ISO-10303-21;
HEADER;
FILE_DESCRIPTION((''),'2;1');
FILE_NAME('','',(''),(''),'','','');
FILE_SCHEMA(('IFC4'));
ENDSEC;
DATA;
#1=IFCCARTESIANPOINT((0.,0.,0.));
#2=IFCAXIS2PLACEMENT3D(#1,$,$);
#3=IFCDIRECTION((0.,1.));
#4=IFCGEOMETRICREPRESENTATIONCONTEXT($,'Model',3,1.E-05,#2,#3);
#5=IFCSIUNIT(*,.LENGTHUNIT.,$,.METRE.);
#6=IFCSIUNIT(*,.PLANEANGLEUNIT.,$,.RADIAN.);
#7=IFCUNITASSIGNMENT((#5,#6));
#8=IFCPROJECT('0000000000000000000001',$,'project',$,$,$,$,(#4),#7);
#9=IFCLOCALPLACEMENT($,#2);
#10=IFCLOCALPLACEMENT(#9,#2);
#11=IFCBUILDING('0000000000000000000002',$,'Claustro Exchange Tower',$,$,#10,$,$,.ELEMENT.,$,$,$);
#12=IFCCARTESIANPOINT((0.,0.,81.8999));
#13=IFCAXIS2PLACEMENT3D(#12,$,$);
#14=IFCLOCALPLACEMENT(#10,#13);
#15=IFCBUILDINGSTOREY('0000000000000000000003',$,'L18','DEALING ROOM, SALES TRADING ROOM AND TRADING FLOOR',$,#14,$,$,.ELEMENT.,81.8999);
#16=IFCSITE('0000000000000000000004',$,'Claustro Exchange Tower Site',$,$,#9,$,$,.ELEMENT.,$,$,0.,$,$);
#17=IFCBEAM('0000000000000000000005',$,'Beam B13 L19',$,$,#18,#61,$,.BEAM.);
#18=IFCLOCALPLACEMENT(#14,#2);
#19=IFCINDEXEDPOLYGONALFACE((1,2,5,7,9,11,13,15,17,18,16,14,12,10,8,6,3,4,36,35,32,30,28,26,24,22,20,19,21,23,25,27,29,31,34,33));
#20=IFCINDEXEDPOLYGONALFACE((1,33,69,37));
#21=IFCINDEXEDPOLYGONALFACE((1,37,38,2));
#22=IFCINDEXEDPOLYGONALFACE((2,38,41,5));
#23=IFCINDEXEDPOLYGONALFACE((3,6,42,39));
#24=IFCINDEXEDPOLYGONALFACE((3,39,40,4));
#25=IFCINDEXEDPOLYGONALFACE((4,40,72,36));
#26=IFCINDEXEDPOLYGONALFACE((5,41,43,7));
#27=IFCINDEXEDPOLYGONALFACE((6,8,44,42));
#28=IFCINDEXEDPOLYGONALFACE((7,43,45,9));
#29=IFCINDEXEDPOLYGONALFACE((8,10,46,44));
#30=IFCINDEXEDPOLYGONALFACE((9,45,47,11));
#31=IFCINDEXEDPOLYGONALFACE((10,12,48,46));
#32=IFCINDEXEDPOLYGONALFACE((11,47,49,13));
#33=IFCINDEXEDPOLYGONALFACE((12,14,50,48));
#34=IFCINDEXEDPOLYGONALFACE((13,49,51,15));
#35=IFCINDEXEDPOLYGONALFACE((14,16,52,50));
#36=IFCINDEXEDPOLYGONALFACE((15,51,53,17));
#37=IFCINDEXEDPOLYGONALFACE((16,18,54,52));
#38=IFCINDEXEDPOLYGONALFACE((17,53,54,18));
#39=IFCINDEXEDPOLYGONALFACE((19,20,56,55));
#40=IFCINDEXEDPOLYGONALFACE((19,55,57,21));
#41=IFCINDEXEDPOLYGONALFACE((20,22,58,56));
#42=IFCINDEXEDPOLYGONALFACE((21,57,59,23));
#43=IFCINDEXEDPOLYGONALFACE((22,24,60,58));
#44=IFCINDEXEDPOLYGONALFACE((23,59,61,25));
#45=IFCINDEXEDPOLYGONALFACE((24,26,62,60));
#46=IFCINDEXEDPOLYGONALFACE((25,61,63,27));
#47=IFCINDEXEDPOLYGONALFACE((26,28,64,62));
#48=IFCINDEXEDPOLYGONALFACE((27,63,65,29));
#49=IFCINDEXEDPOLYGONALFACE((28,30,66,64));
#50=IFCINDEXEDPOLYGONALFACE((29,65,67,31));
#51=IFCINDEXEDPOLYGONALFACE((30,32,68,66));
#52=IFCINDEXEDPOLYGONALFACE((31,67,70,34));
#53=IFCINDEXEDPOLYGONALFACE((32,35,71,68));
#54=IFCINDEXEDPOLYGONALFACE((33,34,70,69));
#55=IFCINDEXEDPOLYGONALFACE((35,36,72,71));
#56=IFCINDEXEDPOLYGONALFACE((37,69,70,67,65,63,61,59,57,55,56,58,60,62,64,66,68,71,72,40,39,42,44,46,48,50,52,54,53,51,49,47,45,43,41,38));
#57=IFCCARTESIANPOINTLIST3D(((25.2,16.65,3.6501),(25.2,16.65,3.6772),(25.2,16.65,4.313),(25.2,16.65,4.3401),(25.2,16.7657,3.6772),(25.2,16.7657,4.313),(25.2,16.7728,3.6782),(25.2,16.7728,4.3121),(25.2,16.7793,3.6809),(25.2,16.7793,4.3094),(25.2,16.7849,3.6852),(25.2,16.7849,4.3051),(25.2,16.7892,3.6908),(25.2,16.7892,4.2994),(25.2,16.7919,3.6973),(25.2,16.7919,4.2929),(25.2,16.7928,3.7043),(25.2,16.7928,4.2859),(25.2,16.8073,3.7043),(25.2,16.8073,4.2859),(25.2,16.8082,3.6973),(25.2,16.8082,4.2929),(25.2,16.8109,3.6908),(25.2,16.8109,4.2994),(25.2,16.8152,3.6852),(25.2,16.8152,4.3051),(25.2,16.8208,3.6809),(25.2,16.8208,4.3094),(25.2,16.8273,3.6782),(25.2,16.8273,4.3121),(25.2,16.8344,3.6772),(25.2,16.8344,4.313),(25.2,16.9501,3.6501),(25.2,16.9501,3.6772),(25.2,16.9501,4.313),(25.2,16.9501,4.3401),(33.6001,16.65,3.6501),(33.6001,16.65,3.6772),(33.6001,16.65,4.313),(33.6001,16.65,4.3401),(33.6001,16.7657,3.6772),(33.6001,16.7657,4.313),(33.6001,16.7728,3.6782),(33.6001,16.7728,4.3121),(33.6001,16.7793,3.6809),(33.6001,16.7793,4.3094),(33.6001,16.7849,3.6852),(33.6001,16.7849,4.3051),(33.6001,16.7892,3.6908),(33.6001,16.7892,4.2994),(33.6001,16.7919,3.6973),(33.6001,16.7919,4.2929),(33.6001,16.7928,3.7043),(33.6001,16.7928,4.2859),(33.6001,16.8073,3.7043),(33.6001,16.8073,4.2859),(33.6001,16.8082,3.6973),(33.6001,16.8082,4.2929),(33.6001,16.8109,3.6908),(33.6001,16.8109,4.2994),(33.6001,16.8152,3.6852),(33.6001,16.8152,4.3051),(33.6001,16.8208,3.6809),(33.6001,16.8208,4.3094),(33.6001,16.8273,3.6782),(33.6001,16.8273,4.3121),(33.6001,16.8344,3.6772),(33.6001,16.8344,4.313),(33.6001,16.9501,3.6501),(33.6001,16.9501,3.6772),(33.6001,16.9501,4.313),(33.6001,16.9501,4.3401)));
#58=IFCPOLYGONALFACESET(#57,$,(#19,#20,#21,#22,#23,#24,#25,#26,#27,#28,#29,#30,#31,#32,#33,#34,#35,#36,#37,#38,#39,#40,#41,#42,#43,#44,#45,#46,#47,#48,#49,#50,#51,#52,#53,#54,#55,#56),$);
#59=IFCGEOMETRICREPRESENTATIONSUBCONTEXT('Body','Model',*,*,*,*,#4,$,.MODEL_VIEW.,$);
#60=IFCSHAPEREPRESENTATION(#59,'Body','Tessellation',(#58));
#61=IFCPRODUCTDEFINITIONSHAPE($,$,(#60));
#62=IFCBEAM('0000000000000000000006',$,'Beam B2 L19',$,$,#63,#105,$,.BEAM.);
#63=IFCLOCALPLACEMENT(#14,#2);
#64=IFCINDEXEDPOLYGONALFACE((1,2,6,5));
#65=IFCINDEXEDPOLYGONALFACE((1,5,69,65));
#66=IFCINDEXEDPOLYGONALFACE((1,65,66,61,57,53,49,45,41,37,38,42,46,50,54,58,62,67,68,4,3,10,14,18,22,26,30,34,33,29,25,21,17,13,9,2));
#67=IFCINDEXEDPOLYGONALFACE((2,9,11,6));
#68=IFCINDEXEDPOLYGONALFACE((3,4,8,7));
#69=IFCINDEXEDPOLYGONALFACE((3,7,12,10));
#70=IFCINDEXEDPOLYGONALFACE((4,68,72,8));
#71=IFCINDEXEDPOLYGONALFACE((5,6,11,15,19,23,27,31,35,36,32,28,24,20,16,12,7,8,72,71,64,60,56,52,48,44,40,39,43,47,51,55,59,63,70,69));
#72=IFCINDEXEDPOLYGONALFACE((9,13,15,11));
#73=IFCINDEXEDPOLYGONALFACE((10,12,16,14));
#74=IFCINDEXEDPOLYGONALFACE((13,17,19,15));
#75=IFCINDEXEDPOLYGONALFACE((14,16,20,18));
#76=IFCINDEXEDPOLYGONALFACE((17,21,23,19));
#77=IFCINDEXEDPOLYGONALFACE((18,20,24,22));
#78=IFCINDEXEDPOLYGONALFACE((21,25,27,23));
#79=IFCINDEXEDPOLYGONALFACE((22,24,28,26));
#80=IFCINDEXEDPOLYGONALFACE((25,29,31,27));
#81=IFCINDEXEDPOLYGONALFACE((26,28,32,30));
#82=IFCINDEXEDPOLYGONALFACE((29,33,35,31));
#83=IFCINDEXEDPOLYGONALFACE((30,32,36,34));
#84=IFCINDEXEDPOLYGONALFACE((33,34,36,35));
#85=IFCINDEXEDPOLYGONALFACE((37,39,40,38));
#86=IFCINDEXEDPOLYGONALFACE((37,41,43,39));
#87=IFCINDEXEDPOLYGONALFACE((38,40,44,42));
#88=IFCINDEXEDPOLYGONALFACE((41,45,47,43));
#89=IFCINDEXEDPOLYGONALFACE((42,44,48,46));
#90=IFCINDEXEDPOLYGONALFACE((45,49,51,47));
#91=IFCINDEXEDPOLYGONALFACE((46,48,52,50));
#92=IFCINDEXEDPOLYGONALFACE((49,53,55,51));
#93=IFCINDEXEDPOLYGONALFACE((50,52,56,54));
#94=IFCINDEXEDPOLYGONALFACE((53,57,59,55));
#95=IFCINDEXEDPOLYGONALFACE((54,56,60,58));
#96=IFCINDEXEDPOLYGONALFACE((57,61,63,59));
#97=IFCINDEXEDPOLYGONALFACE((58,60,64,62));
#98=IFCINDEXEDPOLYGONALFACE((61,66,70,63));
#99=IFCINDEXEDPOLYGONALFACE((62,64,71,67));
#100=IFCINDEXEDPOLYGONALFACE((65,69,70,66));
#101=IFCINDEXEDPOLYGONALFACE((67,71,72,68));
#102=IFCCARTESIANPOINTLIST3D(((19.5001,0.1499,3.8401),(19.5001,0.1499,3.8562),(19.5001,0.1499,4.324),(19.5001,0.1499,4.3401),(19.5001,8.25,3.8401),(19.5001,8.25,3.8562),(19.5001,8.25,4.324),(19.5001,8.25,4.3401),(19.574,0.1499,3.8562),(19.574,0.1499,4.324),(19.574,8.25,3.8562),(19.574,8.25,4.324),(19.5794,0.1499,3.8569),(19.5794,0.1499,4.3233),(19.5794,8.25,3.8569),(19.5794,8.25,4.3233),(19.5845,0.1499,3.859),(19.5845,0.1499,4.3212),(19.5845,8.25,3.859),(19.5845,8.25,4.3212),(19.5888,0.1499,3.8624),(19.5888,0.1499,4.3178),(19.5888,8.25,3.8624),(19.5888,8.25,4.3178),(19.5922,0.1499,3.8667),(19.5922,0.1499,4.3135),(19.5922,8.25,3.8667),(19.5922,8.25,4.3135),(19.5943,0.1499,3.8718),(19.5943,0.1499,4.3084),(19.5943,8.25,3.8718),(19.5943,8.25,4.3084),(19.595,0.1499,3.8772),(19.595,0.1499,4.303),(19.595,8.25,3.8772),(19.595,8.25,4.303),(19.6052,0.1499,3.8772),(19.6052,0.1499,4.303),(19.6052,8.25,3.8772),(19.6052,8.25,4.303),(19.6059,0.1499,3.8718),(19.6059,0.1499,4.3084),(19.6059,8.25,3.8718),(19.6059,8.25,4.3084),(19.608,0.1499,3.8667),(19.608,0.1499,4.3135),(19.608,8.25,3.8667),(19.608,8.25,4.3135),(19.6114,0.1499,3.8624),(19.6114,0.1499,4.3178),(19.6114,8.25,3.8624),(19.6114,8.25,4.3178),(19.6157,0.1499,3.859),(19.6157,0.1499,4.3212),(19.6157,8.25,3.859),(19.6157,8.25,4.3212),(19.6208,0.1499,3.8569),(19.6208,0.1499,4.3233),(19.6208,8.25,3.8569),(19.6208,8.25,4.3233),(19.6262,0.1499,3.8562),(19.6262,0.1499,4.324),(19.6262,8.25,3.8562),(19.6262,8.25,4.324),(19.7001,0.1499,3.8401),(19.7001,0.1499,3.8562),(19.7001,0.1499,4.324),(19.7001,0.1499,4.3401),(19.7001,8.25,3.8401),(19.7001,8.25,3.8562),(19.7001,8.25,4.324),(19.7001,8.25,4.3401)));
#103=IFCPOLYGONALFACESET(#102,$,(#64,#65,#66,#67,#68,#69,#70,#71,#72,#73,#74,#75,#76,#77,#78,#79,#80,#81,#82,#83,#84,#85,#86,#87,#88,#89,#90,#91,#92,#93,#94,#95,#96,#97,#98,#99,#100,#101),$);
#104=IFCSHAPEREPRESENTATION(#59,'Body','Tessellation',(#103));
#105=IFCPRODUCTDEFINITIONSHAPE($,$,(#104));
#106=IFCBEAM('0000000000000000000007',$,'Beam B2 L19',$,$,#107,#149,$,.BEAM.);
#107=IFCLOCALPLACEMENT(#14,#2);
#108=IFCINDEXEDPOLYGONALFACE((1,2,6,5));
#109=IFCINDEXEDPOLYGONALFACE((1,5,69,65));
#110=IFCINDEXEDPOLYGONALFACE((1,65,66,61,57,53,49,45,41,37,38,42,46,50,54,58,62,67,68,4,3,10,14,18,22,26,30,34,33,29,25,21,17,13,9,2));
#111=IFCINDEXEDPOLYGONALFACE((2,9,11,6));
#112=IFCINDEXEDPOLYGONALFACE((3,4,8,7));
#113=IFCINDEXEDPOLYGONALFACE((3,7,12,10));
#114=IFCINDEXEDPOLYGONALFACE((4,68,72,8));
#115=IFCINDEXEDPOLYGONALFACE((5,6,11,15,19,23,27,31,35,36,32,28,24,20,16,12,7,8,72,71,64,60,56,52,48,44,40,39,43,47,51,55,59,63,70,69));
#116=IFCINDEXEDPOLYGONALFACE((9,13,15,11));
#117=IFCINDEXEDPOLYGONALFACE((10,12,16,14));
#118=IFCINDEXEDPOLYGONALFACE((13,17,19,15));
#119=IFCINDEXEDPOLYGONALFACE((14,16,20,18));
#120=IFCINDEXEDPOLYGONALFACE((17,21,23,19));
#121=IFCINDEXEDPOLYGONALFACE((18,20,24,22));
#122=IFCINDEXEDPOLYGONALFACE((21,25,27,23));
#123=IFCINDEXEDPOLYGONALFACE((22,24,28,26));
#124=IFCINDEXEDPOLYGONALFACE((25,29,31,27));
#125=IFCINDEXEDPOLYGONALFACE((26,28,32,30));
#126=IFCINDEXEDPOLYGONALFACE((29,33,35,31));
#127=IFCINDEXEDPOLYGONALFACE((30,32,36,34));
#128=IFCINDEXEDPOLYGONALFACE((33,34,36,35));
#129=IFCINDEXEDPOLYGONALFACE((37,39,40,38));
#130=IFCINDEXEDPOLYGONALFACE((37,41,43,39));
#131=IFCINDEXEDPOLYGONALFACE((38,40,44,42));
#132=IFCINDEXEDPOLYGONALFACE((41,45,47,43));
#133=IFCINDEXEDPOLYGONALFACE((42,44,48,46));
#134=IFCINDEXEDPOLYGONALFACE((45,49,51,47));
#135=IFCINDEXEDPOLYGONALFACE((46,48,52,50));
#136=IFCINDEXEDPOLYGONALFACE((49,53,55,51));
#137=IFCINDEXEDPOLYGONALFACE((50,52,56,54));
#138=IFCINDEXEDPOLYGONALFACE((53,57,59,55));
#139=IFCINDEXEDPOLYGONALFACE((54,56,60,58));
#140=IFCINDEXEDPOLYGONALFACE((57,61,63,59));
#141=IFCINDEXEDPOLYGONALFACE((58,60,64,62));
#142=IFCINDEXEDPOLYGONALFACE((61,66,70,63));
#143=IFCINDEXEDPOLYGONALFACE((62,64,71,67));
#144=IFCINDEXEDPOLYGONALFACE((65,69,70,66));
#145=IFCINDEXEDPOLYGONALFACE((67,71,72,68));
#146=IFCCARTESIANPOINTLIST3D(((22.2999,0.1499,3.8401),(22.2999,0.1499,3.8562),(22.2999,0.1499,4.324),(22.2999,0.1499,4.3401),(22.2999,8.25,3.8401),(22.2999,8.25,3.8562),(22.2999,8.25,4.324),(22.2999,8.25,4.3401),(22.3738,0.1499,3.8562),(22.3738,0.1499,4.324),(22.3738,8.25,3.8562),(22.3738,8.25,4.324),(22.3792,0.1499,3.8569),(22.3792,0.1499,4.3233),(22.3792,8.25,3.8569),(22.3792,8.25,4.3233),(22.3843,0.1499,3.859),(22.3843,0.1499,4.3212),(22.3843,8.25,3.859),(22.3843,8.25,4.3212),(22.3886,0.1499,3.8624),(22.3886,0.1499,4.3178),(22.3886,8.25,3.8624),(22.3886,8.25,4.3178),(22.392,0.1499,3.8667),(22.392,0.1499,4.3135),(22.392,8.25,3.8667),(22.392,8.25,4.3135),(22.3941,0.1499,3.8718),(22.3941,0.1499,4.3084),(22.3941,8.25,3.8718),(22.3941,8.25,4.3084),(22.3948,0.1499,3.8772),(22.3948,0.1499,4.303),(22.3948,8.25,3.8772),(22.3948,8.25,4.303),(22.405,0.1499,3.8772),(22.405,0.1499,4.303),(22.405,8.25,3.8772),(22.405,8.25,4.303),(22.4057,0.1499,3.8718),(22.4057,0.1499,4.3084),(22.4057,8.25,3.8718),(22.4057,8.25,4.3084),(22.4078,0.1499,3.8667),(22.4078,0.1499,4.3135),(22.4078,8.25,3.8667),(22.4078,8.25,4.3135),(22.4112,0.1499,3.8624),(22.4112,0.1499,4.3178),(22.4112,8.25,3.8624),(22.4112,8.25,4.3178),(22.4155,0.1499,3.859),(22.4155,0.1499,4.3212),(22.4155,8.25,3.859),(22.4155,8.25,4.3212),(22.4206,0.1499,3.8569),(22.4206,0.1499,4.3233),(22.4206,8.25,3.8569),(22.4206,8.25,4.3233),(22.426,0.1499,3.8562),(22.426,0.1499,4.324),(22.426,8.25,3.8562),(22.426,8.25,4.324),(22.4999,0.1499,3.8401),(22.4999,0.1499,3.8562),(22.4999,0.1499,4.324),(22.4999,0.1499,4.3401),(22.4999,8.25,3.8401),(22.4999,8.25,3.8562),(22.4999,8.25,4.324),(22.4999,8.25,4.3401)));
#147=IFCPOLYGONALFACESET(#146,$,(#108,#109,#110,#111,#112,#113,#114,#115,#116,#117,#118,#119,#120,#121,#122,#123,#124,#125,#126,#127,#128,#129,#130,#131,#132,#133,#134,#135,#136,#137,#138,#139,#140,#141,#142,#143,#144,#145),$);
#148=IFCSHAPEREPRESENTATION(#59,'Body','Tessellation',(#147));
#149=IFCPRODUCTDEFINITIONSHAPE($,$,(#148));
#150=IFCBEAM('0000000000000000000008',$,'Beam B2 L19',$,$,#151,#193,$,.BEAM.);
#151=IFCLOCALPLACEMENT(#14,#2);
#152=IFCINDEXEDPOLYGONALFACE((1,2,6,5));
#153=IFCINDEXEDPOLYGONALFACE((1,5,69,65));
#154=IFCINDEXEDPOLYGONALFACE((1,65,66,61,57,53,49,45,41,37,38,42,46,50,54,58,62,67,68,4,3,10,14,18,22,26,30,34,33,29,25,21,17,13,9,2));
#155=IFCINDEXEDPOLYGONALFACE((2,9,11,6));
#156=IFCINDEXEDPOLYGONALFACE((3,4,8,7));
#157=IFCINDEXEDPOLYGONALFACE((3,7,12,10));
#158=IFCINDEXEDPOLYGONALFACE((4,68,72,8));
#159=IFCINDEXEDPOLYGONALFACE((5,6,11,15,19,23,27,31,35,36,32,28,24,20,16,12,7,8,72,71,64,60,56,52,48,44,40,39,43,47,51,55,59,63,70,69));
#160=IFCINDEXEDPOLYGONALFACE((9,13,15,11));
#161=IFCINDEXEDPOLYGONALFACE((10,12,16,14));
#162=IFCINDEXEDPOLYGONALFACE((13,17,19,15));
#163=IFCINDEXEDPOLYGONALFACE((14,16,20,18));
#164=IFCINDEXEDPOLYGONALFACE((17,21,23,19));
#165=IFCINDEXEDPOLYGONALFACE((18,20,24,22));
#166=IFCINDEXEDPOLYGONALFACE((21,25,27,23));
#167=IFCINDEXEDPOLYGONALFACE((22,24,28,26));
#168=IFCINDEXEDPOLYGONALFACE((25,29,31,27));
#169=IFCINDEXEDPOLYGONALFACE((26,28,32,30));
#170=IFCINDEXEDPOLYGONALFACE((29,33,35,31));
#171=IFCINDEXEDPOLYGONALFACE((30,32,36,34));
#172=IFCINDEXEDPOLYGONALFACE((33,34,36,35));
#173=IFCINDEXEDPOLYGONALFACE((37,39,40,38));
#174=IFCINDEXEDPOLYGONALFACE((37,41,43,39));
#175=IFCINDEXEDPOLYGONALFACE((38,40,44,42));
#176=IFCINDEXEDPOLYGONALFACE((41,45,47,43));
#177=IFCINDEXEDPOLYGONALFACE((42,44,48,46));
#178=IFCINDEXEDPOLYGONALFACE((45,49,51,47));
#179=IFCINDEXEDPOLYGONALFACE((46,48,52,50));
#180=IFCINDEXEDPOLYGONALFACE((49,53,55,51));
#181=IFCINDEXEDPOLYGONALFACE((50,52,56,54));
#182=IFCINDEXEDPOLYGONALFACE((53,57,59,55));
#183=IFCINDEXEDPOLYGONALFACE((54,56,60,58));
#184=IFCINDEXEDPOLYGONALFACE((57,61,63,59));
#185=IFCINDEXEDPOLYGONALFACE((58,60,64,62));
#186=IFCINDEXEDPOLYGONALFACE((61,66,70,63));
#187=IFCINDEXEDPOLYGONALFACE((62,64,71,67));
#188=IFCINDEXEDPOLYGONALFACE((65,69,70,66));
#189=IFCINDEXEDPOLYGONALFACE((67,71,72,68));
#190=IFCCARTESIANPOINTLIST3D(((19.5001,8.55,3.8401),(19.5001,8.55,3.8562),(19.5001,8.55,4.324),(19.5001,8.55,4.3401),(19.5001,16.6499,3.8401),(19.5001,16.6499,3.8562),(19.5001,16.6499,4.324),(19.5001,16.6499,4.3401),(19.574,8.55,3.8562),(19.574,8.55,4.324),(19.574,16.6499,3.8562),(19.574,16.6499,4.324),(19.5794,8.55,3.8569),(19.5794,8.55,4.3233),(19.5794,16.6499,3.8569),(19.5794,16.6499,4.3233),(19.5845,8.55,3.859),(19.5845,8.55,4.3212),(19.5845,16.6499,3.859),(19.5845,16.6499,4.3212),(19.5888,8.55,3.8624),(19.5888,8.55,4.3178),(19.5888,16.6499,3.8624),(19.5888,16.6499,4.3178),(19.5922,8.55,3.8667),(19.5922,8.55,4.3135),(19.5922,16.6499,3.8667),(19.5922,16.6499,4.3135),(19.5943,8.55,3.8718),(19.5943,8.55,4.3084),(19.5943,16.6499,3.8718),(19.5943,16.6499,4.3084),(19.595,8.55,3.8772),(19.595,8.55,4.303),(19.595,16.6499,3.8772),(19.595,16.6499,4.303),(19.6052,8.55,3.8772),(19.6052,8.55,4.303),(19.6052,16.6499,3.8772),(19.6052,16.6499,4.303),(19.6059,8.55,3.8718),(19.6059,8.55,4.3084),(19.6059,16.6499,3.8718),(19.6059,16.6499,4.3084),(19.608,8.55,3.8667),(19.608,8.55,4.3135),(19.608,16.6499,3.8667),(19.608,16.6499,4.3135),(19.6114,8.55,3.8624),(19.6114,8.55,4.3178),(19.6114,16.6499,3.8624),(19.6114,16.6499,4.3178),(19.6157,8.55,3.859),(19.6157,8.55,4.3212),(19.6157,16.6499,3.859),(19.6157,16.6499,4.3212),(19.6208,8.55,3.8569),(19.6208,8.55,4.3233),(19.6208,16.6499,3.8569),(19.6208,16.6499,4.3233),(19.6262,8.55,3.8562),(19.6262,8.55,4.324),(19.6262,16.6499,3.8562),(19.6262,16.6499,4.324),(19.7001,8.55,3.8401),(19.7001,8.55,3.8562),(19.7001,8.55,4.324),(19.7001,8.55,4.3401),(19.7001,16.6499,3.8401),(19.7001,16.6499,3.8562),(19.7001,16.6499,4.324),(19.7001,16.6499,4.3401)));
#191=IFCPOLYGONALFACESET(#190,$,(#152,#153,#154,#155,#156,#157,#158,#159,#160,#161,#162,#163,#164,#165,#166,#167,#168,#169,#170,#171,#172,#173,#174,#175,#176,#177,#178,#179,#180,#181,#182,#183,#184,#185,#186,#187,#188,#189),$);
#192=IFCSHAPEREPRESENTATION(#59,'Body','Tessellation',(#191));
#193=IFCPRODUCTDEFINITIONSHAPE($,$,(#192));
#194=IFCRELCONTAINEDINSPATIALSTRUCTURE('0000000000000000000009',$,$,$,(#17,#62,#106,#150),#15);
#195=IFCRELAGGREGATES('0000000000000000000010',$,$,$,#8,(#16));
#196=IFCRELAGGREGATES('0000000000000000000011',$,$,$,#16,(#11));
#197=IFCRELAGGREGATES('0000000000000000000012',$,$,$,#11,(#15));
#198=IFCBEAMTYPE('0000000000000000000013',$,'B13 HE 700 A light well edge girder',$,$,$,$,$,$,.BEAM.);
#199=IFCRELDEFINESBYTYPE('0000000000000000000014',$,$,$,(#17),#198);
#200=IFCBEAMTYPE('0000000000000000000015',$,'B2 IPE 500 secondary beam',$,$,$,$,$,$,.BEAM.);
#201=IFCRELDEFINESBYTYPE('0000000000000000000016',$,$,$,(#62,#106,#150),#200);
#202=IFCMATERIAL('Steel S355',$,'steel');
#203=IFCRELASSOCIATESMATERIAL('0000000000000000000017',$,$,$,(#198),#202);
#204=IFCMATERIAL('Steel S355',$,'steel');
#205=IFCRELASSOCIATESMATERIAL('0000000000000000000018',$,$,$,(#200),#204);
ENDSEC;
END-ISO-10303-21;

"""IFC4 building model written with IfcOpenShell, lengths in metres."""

from ifc_helpers import new_model, si_unit, direction, frame, origin, origin_2d, place, context, subcontext, project, spatial, i_section, extrude, material, material_profile, profile_set, type_object, element, save


model = new_model("IFC4")

# Units and contexts
model_context = context("Model", 3, precision=1e-05, world=origin(), true_north=direction((0.0, 1.0)))
body_context = subcontext(model_context, "Body", "Model", "MODEL_VIEW")
ifc_project = project(units=[si_unit("LENGTHUNIT", "METRE"), si_unit("PLANEANGLEUNIT", "RADIAN")], contexts=[model_context])

# Site, building, storey
site_placement = place(None, origin())
site = spatial("IfcSite", under=ifc_project, at=site_placement, Name="Claustro Exchange Tower Site", CompositionType="ELEMENT", RefElevation=0.0)
building_placement = place(site_placement, origin())
building = spatial("IfcBuilding", under=site, at=building_placement, Name="Claustro Exchange Tower", CompositionType="ELEMENT")
storey_placement = place(building_placement, frame((0.0, 0.0, 81.8999)))
storey = spatial("IfcBuildingStorey", under=building, at=storey_placement, Name="L18", Description="DEALING ROOM, SALES TRADING ROOM AND TRADING FLOOR", CompositionType="ELEMENT", Elevation=81.8999)

# Beams
ifc_material_1 = material(Name="Steel S355", Category="steel")
ifc_material_profile_1 = material_profile(ifc_material_1, i_section(OverallWidth=0.3, OverallDepth=0.6899, WebThickness=0.0144, FlangeThickness=0.0271, FilletRadius=0.0271, at=origin_2d()), Name="HE 700 A")
ifc_profile_set_1 = profile_set([ifc_material_profile_1], Name="Steel S355")
beam_type_1 = type_object("IfcBeamType", Name="B13 HE 700 A light well edge girder", PredefinedType="BEAM", material=ifc_profile_set_1)
beam_1_placement = place(storey_placement, frame((25.2, 16.8, 3.9951), z_axis=(1.0, 0.0, 0.0), x_axis=(0.0, 1.0, 0.0)))
element("IfcBeam", 1, at=beam_1_placement, inside=storey, type_object=beam_type_1, Name="Beam B13 L19", PredefinedType="BEAM", context=body_context, shape_type="SweptSolid", body=[
    extrude(i_section(OverallWidth=0.3, OverallDepth=0.6899, WebThickness=0.0144, FlangeThickness=0.0271, FilletRadius=0.0271, at=origin_2d()), origin(), (0.0, 0.0, 1.0), 8.4001),
])
ifc_material_2 = material(Name="Steel S355", Category="steel")
ifc_material_profile_2 = material_profile(ifc_material_2, i_section(OverallWidth=0.2, OverallDepth=0.5, WebThickness=0.0103, FlangeThickness=0.0161, FilletRadius=0.021, at=origin_2d()), Name="IPE 500")
ifc_profile_set_2 = profile_set([ifc_material_profile_2], Name="Steel S355")
beam_type_2 = type_object("IfcBeamType", Name="B2 IPE 500 secondary beam", PredefinedType="BEAM", material=ifc_profile_set_2)
for number, where, z_axis, x_axis, name in (
    (2, (19.6001, 0.1499, 4.0901), (0.0, 1.0, 0.0), (-1.0, 0.0, 0.0), "Beam B2 L19"),
    (3, (22.3999, 0.1499, 4.0901), (0.0, 1.0, 0.0), (-1.0, 0.0, 0.0), "Beam B2 L19"),
):
    element("IfcBeam", number, at=place(storey_placement, frame(where, z_axis=z_axis, x_axis=x_axis)), inside=storey, type_object=beam_type_2, Name=name, PredefinedType="BEAM", context=body_context, shape_type="SweptSolid", body=[
        extrude(i_section(OverallWidth=0.2, OverallDepth=0.5, WebThickness=0.0103, FlangeThickness=0.0161, FilletRadius=0.021, at=origin_2d()), origin(), (0.0, 0.0, 1.0), 8.1001),
    ])
for number, where, z_axis, x_axis, name in (
    (4, (19.6001, 8.55, 4.0901), (0.0, 1.0, 0.0), (-1.0, 0.0, 0.0), "Beam B2 L19"),
):
    element("IfcBeam", number, at=place(storey_placement, frame(where, z_axis=z_axis, x_axis=x_axis)), inside=storey, type_object=beam_type_2, Name=name, PredefinedType="BEAM", context=body_context, shape_type="SweptSolid", body=[
        extrude(i_section(OverallWidth=0.2, OverallDepth=0.5, WebThickness=0.0103, FlangeThickness=0.0161, FilletRadius=0.021, at=origin_2d()), origin(), (0.0, 0.0, 1.0), 8.0999),
    ])

save(model, "model.ifc")
